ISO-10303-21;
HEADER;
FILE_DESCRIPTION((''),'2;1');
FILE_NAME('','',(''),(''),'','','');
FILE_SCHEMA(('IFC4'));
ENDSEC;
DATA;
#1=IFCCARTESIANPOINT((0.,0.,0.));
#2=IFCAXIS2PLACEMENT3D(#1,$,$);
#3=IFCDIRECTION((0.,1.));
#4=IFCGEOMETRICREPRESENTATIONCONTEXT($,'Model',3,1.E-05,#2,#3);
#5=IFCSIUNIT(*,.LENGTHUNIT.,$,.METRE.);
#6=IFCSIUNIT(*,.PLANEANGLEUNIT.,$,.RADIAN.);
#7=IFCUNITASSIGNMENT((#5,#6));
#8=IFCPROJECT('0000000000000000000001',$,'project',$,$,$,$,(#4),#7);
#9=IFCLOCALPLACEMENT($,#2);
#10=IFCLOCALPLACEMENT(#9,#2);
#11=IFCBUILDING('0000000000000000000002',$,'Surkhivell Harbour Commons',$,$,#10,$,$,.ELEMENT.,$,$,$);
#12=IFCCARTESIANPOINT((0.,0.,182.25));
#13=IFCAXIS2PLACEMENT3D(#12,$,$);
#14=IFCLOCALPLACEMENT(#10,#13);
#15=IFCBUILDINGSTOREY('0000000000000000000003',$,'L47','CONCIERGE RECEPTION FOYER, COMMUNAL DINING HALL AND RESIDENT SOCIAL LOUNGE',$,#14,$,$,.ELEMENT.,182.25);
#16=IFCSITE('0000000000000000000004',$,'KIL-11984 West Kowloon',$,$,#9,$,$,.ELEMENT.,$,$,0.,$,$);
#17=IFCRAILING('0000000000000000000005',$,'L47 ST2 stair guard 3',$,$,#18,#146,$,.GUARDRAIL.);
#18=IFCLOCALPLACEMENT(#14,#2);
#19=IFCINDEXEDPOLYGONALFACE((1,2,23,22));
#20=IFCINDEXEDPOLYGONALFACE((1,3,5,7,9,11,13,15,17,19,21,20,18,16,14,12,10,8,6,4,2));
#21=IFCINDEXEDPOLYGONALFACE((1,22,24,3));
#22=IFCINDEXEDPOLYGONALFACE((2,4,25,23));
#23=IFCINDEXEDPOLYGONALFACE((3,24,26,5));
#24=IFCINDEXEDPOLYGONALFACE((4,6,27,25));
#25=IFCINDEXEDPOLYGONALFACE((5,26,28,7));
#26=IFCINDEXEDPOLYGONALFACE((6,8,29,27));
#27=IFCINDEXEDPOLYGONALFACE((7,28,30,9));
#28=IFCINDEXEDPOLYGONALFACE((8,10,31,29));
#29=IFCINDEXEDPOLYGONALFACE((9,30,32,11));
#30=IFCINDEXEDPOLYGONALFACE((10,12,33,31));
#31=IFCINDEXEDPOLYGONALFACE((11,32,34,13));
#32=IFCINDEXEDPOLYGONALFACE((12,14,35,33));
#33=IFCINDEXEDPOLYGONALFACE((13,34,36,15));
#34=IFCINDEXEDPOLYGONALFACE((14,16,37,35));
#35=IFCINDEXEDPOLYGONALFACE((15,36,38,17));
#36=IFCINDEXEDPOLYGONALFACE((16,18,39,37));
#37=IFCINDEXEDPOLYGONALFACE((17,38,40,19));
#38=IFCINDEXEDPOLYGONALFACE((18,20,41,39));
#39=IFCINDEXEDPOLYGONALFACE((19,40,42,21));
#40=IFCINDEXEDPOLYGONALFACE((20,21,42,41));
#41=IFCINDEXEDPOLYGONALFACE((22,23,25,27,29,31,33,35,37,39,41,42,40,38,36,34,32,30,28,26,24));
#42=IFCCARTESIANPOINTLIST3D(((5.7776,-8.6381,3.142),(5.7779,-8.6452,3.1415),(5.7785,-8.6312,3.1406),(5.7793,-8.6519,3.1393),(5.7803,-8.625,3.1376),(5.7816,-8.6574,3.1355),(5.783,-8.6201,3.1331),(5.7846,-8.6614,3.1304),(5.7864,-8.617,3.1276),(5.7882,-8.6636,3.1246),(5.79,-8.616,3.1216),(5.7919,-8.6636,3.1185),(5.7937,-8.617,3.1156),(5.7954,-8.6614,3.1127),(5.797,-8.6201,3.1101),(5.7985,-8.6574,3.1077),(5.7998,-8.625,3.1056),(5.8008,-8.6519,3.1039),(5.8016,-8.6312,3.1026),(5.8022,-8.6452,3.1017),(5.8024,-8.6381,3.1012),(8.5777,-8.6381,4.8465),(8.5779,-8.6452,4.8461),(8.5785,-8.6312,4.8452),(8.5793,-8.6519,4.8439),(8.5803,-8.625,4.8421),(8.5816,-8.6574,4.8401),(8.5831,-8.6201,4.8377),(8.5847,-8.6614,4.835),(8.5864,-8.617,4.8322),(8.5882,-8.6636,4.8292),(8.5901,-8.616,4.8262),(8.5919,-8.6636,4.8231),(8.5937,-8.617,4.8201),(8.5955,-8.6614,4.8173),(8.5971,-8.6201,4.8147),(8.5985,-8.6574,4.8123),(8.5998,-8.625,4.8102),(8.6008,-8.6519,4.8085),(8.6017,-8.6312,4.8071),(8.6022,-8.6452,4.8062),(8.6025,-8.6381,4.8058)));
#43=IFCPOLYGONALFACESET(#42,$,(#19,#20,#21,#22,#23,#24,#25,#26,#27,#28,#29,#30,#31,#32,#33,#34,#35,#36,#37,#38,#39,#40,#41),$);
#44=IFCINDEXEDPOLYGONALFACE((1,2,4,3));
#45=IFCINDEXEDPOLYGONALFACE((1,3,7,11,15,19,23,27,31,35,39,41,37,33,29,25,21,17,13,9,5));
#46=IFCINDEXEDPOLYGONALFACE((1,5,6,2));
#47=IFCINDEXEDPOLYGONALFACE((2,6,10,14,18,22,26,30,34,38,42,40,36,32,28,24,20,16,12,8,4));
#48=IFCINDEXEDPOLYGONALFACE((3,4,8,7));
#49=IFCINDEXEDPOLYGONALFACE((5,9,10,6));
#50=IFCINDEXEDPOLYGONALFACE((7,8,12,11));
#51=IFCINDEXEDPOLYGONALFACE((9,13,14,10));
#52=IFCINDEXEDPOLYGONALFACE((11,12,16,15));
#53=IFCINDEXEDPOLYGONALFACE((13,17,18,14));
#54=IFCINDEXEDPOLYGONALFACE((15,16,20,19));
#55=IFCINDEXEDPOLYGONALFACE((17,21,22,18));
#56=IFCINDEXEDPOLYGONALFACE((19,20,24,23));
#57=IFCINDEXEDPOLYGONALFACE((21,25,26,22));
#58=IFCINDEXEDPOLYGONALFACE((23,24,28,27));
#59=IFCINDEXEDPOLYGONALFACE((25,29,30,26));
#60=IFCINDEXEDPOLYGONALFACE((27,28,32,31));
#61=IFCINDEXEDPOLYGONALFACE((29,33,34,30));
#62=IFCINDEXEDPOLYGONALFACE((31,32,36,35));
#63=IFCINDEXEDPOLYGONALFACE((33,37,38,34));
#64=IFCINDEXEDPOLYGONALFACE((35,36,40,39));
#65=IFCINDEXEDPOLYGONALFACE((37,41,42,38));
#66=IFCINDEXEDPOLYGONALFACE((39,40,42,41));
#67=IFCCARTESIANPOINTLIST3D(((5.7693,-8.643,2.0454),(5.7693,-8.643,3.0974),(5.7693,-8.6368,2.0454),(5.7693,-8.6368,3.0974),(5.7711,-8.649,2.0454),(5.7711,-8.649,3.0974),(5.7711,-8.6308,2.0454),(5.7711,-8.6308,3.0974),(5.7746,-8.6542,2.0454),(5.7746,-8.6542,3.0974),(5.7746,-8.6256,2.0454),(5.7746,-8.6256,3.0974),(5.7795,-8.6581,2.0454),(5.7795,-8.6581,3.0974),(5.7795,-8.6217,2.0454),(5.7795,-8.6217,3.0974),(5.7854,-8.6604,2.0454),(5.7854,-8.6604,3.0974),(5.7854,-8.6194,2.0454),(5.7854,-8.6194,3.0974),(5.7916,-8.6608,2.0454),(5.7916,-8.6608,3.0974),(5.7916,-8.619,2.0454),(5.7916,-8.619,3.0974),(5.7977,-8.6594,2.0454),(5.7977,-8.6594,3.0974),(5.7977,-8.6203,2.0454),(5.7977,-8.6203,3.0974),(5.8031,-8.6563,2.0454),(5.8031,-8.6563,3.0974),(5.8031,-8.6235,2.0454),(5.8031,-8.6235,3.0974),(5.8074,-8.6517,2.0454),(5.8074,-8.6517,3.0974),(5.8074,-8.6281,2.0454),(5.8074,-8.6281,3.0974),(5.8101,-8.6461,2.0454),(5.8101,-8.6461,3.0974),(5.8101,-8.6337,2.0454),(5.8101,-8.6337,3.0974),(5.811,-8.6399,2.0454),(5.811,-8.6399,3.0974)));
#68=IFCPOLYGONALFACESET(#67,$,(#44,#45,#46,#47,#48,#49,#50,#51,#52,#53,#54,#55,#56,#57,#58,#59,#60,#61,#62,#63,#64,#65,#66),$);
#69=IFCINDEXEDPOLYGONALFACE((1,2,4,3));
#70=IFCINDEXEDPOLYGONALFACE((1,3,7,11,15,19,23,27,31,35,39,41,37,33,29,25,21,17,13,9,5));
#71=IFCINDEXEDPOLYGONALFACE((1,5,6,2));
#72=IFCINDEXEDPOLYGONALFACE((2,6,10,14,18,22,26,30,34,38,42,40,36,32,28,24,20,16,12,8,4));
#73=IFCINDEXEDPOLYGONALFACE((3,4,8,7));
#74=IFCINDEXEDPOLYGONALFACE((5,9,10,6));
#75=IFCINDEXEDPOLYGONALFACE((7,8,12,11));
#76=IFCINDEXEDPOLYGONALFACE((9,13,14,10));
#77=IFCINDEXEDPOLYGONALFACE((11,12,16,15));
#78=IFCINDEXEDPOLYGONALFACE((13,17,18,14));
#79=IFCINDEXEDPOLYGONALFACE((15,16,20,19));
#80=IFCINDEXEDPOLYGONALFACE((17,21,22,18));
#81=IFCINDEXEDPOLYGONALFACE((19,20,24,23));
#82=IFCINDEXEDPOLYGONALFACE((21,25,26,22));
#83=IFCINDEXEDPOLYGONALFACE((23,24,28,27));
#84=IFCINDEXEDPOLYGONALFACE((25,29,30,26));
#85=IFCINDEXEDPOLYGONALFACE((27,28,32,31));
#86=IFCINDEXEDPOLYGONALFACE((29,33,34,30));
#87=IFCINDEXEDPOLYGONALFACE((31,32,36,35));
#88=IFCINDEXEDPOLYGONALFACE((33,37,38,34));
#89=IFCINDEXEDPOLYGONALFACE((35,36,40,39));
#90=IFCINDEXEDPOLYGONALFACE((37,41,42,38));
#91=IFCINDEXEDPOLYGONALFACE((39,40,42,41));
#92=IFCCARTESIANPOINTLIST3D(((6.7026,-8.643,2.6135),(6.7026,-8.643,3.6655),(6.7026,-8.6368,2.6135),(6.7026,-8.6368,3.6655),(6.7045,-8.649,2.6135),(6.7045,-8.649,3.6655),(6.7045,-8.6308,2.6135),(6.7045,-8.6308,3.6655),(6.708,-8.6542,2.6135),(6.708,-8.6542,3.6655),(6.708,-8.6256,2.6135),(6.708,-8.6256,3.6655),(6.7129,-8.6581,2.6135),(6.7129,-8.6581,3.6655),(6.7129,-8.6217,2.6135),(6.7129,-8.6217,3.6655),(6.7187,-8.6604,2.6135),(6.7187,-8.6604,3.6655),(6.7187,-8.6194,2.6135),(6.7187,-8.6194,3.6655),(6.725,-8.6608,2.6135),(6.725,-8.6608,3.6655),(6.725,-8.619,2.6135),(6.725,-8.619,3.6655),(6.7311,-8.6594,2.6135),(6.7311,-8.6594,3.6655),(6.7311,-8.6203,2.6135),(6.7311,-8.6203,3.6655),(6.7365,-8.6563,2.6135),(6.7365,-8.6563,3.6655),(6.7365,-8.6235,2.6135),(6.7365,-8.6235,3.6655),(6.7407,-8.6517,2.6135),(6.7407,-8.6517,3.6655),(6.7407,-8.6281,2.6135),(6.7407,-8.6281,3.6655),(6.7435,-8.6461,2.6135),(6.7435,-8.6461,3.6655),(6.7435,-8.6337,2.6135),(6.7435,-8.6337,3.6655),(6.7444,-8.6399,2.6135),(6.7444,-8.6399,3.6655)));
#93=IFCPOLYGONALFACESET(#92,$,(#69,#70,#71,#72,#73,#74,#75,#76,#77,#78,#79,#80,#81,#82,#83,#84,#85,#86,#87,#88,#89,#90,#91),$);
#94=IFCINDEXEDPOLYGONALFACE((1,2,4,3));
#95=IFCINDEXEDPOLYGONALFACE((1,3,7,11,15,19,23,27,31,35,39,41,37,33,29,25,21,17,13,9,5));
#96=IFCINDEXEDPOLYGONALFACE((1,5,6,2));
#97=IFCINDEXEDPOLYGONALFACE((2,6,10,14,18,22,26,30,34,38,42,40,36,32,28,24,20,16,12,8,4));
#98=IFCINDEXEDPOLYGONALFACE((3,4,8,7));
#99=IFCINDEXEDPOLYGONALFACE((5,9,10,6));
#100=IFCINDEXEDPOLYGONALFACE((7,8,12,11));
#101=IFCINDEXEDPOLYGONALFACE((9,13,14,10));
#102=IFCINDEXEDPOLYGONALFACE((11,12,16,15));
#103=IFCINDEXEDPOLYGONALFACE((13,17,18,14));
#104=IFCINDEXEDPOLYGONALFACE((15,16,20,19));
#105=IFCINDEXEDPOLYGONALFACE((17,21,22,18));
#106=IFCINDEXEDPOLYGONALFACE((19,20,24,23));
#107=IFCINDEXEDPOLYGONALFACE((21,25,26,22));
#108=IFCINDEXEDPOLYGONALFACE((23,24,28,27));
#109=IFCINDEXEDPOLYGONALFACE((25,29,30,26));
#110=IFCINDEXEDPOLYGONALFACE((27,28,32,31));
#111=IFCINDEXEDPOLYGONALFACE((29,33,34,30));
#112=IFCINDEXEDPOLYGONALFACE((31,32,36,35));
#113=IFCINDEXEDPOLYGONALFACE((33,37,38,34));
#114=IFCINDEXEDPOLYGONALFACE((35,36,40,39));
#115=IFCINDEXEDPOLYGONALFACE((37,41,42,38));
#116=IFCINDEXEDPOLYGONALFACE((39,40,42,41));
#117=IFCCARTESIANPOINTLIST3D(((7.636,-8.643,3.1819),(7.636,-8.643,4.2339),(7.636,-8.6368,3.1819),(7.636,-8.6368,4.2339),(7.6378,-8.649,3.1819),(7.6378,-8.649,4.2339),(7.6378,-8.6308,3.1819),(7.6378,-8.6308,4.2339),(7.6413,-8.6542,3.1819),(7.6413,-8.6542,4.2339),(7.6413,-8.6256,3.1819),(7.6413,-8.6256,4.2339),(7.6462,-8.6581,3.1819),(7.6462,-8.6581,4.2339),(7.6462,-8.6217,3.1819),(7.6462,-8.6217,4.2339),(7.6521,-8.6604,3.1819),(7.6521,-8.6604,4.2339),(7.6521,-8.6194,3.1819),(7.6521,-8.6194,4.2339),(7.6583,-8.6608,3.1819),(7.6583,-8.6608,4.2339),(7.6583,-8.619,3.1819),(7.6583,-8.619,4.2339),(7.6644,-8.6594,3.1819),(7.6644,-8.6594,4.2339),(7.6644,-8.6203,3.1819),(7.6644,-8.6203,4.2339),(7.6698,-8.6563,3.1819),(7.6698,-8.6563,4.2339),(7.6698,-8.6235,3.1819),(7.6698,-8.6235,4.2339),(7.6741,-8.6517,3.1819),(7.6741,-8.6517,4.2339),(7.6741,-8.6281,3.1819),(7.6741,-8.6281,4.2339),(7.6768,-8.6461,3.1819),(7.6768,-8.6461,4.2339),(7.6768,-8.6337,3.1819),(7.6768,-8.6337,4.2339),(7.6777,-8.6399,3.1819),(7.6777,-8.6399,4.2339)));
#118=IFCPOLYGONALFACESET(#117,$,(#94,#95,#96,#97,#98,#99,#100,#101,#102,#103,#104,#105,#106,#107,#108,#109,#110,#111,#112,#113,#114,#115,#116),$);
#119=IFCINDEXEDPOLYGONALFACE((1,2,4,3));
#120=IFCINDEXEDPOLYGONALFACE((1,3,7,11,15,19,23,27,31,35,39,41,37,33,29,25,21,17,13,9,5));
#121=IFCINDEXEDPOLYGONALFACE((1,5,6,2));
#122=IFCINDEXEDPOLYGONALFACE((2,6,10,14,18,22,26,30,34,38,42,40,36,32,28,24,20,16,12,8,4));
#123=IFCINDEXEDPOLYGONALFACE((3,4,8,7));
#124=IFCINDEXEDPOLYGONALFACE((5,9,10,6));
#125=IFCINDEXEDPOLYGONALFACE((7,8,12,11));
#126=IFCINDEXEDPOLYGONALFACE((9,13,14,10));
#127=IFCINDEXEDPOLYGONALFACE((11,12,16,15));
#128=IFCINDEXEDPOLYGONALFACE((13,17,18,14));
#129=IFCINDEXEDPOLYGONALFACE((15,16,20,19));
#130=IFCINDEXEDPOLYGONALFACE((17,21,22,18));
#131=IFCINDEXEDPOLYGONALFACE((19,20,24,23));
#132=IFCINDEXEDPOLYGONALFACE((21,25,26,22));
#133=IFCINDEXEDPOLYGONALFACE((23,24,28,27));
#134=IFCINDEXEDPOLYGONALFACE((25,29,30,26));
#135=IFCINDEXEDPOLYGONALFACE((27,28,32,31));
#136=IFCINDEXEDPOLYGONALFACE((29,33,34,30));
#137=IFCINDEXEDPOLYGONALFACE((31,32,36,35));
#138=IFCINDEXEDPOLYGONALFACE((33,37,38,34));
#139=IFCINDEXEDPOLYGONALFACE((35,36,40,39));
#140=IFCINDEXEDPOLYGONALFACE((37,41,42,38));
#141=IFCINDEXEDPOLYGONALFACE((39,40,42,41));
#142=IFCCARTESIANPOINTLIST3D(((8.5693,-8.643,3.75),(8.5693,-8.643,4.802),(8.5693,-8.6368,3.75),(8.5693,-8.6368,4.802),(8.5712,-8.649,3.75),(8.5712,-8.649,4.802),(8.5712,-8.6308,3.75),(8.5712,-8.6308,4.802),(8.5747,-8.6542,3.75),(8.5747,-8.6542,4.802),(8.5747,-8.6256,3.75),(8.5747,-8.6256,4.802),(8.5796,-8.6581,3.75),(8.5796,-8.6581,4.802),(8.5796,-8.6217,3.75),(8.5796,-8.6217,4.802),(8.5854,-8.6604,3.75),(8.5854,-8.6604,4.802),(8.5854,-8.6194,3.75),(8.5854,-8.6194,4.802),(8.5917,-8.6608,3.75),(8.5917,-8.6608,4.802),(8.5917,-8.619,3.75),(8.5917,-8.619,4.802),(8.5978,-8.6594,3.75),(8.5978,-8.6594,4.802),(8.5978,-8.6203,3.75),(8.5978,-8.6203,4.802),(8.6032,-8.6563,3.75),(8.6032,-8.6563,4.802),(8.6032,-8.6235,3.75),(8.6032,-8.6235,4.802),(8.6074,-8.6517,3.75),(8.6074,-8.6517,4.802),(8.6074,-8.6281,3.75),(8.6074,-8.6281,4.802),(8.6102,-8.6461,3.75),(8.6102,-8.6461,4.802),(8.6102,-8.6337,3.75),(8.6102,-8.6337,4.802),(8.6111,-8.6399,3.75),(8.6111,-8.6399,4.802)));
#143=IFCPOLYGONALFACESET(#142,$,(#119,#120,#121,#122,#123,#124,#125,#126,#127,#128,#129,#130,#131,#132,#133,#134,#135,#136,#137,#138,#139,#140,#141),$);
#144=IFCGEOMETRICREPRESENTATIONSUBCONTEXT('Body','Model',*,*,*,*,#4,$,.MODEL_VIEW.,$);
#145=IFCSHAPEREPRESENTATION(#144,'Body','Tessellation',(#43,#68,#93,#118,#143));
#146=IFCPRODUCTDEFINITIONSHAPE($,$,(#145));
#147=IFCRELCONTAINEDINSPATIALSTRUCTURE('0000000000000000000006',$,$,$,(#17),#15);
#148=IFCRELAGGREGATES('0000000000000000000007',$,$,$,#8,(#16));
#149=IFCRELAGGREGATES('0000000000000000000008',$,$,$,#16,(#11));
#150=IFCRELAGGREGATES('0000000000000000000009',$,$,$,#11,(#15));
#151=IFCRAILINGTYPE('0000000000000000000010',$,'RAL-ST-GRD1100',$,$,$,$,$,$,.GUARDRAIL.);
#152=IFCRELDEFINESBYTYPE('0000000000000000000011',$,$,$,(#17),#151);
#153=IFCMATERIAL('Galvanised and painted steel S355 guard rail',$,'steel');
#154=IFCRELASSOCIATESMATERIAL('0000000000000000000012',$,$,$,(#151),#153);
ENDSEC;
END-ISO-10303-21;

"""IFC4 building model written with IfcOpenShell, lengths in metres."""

from ifc_helpers import new_model, si_unit, direction, frame, origin, origin_2d, place, context, subcontext, project, spatial, circle, extrude, material, type_object, element, save


model = new_model("IFC4")

# Units and contexts
model_context = context("Model", 3, precision=1e-05, world=origin(), true_north=direction((0.0, 1.0)))
body_context = subcontext(model_context, "Body", "Model", "MODEL_VIEW")
ifc_project = project(units=[si_unit("LENGTHUNIT", "METRE"), si_unit("PLANEANGLEUNIT", "RADIAN")], contexts=[model_context])

# Site, building, storey
site_placement = place(None, origin())
site = spatial("IfcSite", under=ifc_project, at=site_placement, Name="KIL-11984 West Kowloon", CompositionType="ELEMENT", RefElevation=0.0)
building_placement = place(site_placement, origin())
building = spatial("IfcBuilding", under=site, at=building_placement, Name="Surkhivell Harbour Commons", CompositionType="ELEMENT")
storey_placement = place(building_placement, frame((0.0, 0.0, 182.25)))
storey = spatial("IfcBuildingStorey", under=building, at=storey_placement, Name="L47", Description="CONCIERGE RECEPTION FOYER, COMMUNAL DINING HALL AND RESIDENT SOCIAL LOUNGE", CompositionType="ELEMENT", Elevation=182.25)

# Railing
ifc_material_1 = material(Name="Galvanised and painted steel S355 guard rail", Category="steel")
railing_type_1 = type_object("IfcRailingType", Name="RAL-ST-GRD1100", PredefinedType="GUARDRAIL", material=ifc_material_1)
railing_1_placement = place(storey_placement, frame((5.79, -8.6399, 2.0454)))
element("IfcRailing", 1, at=railing_1_placement, inside=storey, type_object=railing_type_1, Name="L47 ST2 stair guard 3", PredefinedType="GUARDRAIL", context=body_context, shape_type="SweptSolid", body=[
    extrude(circle(Radius=0.0239, at=origin_2d()), frame((0.0, 0.0, 1.0762), z_axis=(0.85417, 0.0, 0.519994), x_axis=(0.0, 1.0, 0.0)), (0.0, 0.0, 1.0), 3.2781),
    extrude(circle(Radius=0.021, at=origin_2d()), origin(), (0.0, 0.0, 1.0), 1.052),
    extrude(circle(Radius=0.021, at=origin_2d()), frame((0.9333, 0.0, 0.5681)), (0.0, 0.0, 1.0), 1.052),
    extrude(circle(Radius=0.021, at=origin_2d()), frame((1.8667, 0.0, 1.1365)), (0.0, 0.0, 1.0), 1.052),
    extrude(circle(Radius=0.021, at=origin_2d()), frame((2.8, 0.0, 1.7046)), (0.0, 0.0, 1.0), 1.052),
])

save(model, "model.ifc")
